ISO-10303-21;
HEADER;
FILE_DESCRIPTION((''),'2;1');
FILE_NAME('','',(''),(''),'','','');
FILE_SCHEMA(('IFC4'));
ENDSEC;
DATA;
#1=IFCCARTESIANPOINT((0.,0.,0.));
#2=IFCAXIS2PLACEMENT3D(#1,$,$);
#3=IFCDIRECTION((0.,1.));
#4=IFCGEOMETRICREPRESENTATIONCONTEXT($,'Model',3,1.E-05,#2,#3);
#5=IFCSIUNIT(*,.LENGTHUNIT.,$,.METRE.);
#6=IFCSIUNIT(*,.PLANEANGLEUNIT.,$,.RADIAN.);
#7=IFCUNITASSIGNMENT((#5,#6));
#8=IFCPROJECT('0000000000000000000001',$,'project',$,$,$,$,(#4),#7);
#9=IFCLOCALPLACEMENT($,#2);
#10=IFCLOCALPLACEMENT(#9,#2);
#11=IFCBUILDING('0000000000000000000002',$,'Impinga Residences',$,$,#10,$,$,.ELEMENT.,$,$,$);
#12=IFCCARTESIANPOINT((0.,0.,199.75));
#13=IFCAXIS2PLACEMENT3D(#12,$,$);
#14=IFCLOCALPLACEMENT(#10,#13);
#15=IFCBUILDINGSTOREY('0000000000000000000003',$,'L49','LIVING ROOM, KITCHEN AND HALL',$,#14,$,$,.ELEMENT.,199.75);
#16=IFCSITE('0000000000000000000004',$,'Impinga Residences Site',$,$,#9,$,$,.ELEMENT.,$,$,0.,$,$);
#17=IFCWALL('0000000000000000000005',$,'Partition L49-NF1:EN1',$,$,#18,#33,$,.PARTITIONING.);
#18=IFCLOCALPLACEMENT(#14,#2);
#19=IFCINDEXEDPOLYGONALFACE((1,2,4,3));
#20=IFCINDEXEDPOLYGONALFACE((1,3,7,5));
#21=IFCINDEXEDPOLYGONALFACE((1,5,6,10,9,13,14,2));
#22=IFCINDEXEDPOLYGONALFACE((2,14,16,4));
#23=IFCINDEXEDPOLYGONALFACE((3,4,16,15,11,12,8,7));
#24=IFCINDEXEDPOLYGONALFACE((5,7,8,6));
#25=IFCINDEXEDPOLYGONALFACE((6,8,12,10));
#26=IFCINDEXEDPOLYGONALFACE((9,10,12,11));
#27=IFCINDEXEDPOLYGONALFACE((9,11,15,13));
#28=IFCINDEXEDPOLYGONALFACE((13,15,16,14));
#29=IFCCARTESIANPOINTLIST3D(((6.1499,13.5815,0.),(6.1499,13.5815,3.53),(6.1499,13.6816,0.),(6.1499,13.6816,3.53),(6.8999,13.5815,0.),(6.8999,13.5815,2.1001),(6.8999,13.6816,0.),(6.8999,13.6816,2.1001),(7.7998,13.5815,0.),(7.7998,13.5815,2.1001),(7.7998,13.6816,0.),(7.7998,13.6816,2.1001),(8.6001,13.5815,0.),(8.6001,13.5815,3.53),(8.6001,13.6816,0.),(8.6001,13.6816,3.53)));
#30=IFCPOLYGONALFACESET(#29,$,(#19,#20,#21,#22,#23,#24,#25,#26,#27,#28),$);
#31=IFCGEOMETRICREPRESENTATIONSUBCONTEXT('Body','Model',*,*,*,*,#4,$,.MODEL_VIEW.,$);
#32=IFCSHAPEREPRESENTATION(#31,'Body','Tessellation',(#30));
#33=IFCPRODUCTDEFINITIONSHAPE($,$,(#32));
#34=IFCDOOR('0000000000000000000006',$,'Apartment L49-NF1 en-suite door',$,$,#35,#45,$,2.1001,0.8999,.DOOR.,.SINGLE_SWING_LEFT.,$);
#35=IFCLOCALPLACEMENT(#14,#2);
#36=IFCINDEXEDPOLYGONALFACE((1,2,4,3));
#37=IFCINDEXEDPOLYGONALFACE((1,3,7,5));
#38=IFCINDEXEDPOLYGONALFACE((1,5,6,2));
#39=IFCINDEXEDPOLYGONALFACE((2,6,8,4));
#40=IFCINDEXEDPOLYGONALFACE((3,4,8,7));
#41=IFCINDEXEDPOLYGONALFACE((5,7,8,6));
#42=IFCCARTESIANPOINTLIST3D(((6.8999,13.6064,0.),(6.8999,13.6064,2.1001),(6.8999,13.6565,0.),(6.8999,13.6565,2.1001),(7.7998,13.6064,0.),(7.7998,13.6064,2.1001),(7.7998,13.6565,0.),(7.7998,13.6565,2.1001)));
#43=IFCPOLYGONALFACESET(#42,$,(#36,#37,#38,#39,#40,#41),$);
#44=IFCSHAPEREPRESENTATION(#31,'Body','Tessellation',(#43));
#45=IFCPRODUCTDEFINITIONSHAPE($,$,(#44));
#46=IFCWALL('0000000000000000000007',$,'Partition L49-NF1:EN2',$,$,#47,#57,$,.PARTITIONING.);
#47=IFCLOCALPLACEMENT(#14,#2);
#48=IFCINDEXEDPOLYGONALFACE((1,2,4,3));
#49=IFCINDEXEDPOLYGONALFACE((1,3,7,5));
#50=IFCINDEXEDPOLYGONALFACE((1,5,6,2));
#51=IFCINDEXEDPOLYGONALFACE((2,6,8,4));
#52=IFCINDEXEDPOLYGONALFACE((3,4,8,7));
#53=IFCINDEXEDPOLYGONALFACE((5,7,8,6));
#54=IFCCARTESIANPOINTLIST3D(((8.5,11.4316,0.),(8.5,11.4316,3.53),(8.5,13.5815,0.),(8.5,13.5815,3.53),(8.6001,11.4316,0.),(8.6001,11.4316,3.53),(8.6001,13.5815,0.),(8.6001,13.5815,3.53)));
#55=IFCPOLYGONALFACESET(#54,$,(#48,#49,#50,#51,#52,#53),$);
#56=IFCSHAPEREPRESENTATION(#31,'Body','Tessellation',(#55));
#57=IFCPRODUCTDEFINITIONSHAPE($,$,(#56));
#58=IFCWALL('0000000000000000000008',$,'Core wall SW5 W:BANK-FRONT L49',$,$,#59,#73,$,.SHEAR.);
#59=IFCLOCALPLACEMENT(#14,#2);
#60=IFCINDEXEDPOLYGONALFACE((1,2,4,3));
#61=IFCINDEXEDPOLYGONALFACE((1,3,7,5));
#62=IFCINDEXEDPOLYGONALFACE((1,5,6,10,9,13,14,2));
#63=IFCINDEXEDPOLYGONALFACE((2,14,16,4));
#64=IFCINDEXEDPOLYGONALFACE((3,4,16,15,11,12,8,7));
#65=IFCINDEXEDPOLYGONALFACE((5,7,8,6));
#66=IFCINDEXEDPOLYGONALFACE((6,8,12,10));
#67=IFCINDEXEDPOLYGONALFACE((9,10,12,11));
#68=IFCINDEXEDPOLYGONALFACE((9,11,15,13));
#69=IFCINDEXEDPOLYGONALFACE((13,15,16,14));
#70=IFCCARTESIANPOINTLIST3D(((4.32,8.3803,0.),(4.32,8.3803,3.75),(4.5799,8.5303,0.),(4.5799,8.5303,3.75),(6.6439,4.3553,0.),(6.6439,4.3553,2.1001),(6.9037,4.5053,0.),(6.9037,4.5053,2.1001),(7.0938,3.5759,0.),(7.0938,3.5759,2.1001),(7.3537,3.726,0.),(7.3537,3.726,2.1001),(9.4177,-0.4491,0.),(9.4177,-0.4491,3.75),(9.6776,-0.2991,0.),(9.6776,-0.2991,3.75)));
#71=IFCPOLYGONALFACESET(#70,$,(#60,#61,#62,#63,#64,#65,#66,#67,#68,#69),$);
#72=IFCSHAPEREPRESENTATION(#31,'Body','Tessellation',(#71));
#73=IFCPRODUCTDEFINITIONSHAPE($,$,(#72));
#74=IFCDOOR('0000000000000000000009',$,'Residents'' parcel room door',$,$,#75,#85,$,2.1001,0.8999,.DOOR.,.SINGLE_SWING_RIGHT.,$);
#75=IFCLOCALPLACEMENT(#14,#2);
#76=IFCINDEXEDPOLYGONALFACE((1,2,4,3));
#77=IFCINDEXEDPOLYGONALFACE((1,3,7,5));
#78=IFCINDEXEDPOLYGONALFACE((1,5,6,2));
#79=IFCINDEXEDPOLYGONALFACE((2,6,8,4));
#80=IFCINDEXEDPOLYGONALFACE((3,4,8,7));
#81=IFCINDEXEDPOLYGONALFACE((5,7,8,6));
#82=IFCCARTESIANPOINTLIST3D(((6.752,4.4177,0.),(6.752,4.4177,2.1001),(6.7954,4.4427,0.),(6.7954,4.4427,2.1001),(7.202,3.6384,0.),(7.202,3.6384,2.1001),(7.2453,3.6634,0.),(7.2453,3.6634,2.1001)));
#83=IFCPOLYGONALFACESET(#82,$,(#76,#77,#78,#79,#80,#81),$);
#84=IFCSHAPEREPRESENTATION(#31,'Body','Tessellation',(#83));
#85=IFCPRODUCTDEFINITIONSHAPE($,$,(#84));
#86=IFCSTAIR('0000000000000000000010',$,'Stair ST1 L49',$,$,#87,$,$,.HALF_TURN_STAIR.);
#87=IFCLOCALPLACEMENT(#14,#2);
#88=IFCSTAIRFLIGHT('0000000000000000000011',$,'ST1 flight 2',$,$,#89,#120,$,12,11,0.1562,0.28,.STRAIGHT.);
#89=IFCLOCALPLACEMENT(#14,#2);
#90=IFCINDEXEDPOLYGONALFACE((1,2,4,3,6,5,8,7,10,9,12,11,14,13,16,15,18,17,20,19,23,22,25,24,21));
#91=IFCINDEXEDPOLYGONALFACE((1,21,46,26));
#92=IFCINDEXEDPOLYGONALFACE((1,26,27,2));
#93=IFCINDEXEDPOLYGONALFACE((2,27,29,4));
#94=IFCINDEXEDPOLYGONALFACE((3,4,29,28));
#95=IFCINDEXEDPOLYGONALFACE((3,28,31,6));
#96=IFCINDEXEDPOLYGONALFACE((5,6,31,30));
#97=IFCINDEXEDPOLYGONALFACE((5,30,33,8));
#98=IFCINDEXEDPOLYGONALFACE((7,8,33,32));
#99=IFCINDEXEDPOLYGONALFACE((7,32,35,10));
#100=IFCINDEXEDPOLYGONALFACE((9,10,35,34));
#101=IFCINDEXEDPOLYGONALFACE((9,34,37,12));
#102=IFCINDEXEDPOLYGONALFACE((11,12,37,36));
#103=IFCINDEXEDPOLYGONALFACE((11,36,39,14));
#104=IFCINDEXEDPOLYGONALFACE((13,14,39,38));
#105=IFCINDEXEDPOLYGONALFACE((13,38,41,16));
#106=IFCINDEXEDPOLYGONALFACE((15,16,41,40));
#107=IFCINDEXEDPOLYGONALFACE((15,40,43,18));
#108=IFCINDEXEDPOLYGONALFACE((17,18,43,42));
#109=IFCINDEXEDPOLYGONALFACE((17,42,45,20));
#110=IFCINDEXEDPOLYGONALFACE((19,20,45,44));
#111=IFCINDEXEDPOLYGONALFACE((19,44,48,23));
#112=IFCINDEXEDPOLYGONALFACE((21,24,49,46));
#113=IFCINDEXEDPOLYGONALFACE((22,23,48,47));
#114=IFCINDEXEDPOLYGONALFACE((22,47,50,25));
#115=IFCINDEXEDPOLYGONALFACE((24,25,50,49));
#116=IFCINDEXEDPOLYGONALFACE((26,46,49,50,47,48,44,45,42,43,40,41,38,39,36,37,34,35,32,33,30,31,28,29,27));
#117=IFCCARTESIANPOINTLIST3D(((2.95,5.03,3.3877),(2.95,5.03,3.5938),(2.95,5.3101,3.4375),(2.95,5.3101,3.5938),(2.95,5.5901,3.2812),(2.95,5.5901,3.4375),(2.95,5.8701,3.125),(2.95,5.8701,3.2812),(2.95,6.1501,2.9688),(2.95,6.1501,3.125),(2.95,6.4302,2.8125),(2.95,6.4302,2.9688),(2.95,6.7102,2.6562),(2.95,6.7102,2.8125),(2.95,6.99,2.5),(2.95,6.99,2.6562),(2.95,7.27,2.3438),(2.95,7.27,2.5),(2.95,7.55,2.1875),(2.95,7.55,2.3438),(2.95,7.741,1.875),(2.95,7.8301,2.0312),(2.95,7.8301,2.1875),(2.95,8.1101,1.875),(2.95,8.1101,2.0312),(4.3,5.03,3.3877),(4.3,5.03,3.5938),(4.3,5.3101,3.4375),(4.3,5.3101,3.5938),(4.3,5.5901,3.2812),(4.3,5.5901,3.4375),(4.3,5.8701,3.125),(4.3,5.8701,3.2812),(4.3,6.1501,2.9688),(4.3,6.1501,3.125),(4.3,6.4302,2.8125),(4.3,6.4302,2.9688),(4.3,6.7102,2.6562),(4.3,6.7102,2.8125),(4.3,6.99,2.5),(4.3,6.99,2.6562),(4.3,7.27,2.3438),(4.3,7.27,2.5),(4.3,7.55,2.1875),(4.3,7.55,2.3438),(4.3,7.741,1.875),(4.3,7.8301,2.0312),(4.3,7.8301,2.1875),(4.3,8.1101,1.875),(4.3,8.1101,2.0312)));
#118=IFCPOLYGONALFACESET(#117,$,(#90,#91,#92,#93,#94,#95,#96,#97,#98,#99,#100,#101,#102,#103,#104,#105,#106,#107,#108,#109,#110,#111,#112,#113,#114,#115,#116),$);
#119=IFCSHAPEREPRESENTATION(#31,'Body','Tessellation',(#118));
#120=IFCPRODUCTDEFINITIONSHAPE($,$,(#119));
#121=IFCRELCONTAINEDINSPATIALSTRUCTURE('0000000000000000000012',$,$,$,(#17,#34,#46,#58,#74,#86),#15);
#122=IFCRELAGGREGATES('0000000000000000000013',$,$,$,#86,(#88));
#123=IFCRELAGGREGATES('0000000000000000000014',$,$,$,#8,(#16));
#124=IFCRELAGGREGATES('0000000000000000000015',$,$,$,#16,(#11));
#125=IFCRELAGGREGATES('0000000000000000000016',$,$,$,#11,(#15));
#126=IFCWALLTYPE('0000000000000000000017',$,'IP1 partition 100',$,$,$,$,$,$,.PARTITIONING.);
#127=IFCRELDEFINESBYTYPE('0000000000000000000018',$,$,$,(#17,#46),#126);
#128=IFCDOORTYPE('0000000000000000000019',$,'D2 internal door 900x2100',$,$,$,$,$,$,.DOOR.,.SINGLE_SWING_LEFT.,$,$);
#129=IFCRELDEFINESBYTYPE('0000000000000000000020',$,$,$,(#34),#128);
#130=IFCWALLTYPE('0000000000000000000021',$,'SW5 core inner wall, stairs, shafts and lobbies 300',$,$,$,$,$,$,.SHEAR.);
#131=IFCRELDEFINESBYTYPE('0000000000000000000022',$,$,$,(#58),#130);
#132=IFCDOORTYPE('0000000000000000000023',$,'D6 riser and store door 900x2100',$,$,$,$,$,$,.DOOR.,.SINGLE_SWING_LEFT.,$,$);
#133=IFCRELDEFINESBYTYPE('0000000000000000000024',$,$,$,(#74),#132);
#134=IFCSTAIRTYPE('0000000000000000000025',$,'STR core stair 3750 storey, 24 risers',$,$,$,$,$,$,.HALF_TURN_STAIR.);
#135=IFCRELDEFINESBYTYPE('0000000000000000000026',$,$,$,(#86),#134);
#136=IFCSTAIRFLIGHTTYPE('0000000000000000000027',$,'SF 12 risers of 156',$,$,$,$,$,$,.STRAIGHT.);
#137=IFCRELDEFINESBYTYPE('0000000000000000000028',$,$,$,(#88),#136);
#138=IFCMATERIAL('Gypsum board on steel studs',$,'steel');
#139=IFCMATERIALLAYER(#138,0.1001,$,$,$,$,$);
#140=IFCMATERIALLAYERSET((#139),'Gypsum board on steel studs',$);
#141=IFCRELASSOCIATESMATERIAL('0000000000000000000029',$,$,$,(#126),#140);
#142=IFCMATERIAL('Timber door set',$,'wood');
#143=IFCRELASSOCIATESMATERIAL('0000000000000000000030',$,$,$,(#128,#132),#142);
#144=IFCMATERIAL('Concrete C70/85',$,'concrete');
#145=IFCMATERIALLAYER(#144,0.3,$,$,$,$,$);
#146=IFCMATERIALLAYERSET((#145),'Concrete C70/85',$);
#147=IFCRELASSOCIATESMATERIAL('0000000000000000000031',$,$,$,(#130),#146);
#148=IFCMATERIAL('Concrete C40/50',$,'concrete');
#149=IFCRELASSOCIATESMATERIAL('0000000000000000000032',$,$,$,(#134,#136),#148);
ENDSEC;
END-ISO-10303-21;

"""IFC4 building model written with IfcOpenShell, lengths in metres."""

from ifc_helpers import new_model, si_unit, direction, frame, frame_2d, origin, place, context, subcontext, project, spatial, polyline, rectangle, outline, extrude, material, layer, layer_set, type_object, element, fill, aggregate, save


model = new_model("IFC4")

# Units and contexts
model_context = context("Model", 3, precision=1e-05, world=origin(), true_north=direction((0.0, 1.0)))
body_context = subcontext(model_context, "Body", "Model", "MODEL_VIEW")
ifc_project = project(units=[si_unit("LENGTHUNIT", "METRE"), si_unit("PLANEANGLEUNIT", "RADIAN")], contexts=[model_context])

# Site, building, storey
site_placement = place(None, origin())
site = spatial("IfcSite", under=ifc_project, at=site_placement, Name="Impinga Residences Site", CompositionType="ELEMENT", RefElevation=0.0)
building_placement = place(site_placement, origin())
building = spatial("IfcBuilding", under=site, at=building_placement, Name="Impinga Residences", CompositionType="ELEMENT")
storey_placement = place(building_placement, frame((0.0, 0.0, 199.75)))
storey = spatial("IfcBuildingStorey", under=building, at=storey_placement, Name="L49", Description="LIVING ROOM, KITCHEN AND HALL", CompositionType="ELEMENT", Elevation=199.75)

# Shared definitions
ifc_material_1 = material(Name="Timber door set", Category="wood")

# Shared definitions
ifc_material_2 = material(Name="Gypsum board on steel studs", Category="steel")
ifc_layer_1 = layer(ifc_material_2, 0.1001)
ifc_layer_set_1 = layer_set([ifc_layer_1], Name="Gypsum board on steel studs")
wall_type_1 = type_object("IfcWallType", Name="IP1 partition 100", PredefinedType="PARTITIONING", material=ifc_layer_set_1)

# Shared definitions
door_type_1 = type_object("IfcDoorType", Name="D2 internal door 900x2100", OperationType="SINGLE_SWING_LEFT", PredefinedType="DOOR", material=ifc_material_1)

# Wall, opening, door
wall_1_placement = place(storey_placement, frame((6.1499, 13.6316, 0.0), z_axis=(0.0, 0.0, 1.0), x_axis=(1.0, 0.0, 0.0)))
wall_1 = element("IfcWall", 1, at=wall_1_placement, inside=storey, type_object=wall_type_1, Name="Partition L49-NF1:EN1", PredefinedType="PARTITIONING", context=body_context, shape_type="SweptSolid", body=[
    extrude(rectangle(XDim=2.4502, YDim=0.1001, at=frame_2d((1.2251, 0.0))), origin(), (0.0, 0.0, 1.0), 3.53),
])
opening_1_placement = place(wall_1_placement, frame((0.75, 0.0, 0.0)))
opening_1 = element("IfcOpeningElement", 2, at=opening_1_placement, cuts=wall_1, PredefinedType="OPENING", context=body_context, shape_type="SweptSolid", body=[
    extrude(rectangle(XDim=0.8999, YDim=2.1001, at=frame_2d((0.45, 1.05))), frame((0.0, 0.0601, 0.0), z_axis=(0.0, -1.0, 0.0), x_axis=(1.0, 0.0, 0.0)), (0.0, 0.0, 1.0), 0.1201),
])
door_1_placement = place(opening_1_placement, origin())
door_1 = element("IfcDoor", 3, at=door_1_placement, inside=storey, type_object=door_type_1, Name="Apartment L49-NF1 en-suite door", OperationType="SINGLE_SWING_LEFT", OverallHeight=2.1001, OverallWidth=0.8999, PredefinedType="DOOR", context=body_context, shape_type="SweptSolid", body=[
    extrude(rectangle(XDim=0.8999, YDim=2.1001, at=frame_2d((0.45, 1.05))), frame((0.0, 0.0249, 0.0), z_axis=(0.0, -1.0, 0.0), x_axis=(1.0, 0.0, 0.0)), (0.0, 0.0, 1.0), 0.05),
])
fill(opening_1, door_1)

# Wall
wall_2_placement = place(storey_placement, frame((8.55, 11.4316, 0.0), z_axis=(0.0, 0.0, 1.0), x_axis=(0.0, 1.0, 0.0)))
element("IfcWall", 4, at=wall_2_placement, inside=storey, type_object=wall_type_1, Name="Partition L49-NF1:EN2", PredefinedType="PARTITIONING", context=body_context, shape_type="SweptSolid", body=[
    extrude(rectangle(XDim=2.1499, YDim=0.1001, at=frame_2d((1.075, 0.0))), origin(), (0.0, 0.0, 1.0), 3.53),
])

# Wall, opening, door
ifc_material_3 = material(Name="Concrete C70/85", Category="concrete")
ifc_layer_2 = layer(ifc_material_3, 0.3)
ifc_layer_set_2 = layer_set([ifc_layer_2], Name="Concrete C70/85")
wall_type_2 = type_object("IfcWallType", Name="SW5 core inner wall, stairs, shafts and lobbies 300", PredefinedType="SHEAR", material=ifc_layer_set_2)
wall_3_placement = place(storey_placement, frame((4.45, 8.4553, 0.0), z_axis=(0.0, 0.0, 1.0), x_axis=(0.500002, -0.866024, 0.0)))
wall_3 = element("IfcWall", 5, at=wall_3_placement, inside=storey, type_object=wall_type_2, Name="Core wall SW5 W:BANK-FRONT L49", PredefinedType="SHEAR", context=body_context, shape_type="SweptSolid", body=[
    extrude(rectangle(XDim=10.1953, YDim=0.3, at=frame_2d((5.0977, 0.0))), origin(), (0.0, 0.0, 1.0), 3.75),
])
opening_2_placement = place(wall_3_placement, frame((4.6477, 0.0, 0.0)))
opening_2 = element("IfcOpeningElement", 6, at=opening_2_placement, cuts=wall_3, PredefinedType="OPENING", context=body_context, shape_type="SweptSolid", body=[
    extrude(rectangle(XDim=0.8999, YDim=2.1001, at=frame_2d((0.45, 1.05))), frame((0.0, 0.1599, 0.0), z_axis=(0.0, -1.0, 0.0), x_axis=(1.0, 0.0, 0.0)), (0.0, 0.0, 1.0), 0.3201),
])
door_type_2 = type_object("IfcDoorType", Name="D6 riser and store door 900x2100", OperationType="SINGLE_SWING_LEFT", PredefinedType="DOOR", material=ifc_material_1)
door_2_placement = place(opening_2_placement, origin())
door_2 = element("IfcDoor", 7, at=door_2_placement, inside=storey, type_object=door_type_2, Name="Residents' parcel room door", OperationType="SINGLE_SWING_RIGHT", OverallHeight=2.1001, OverallWidth=0.8999, PredefinedType="DOOR", context=body_context, shape_type="SweptSolid", body=[
    extrude(rectangle(XDim=0.8999, YDim=2.1001, at=frame_2d((0.45, 1.05))), frame((0.0, 0.0249, 0.0), z_axis=(0.0, -1.0, 0.0), x_axis=(1.0, 0.0, 0.0)), (0.0, 0.0, 1.0), 0.05),
])
fill(opening_2, door_2)

# Stair, stair flight
ifc_material_4 = material(Name="Concrete C40/50", Category="concrete")
stair_type = type_object("IfcStairType", Name="STR core stair 3750 storey, 24 risers", PredefinedType="HALF_TURN_STAIR", material=ifc_material_4)
stair_placement = place(storey_placement, origin())
stair = element("IfcStair", 8, at=stair_placement, inside=storey, type_object=stair_type, Name="Stair ST1 L49", PredefinedType="HALF_TURN_STAIR")
stair_flight_type = type_object("IfcStairFlightType", Name="SF 12 risers of 156", PredefinedType="STRAIGHT", material=ifc_material_4)
stair_flight_placement = place(storey_placement, frame((3.625, 8.1101, 1.875), z_axis=(0.0, 0.0, 1.0), x_axis=(0.0, -1.0, 0.0)))
stair_flight = element("IfcStairFlight", 9, at=stair_flight_placement, type_object=stair_flight_type, Name="ST1 flight 2", NumberOfRisers=12, NumberOfTreads=11, PredefinedType="STRAIGHT", RiserHeight=0.1562, TreadLength=0.28, context=body_context, shape_type="SweptSolid", body=[
    extrude(outline(polyline([(0.0, 0.0), (0.0, 0.1562), (0.28, 0.1562), (0.28, 0.3125), (0.5601, 0.3125), (0.5601, 0.4688), (0.8401, 0.4688), (0.8401, 0.625), (1.1201, 0.625), (1.1201, 0.7812), (1.3999, 0.7812), (1.3999, 0.9375), (1.6799, 0.9375), (1.6799, 1.0938), (1.96, 1.0938), (1.96, 1.25), (2.24, 1.25), (2.24, 1.4062), (2.52, 1.4062), (2.52, 1.5625), (2.8, 1.5625), (2.8, 1.7188), (3.0801, 1.7188), (3.0801, 1.875), (3.0801, 1.5127), (0.3691, 0.0), (0.0, 0.0)])), frame((0.0, 0.675, 0.0), z_axis=(0.0, -1.0, 0.0), x_axis=(1.0, 0.0, 0.0)), (0.0, 0.0, 1.0), 1.3501),
])
aggregate(stair, [stair_flight])

save(model, "model.ifc")
